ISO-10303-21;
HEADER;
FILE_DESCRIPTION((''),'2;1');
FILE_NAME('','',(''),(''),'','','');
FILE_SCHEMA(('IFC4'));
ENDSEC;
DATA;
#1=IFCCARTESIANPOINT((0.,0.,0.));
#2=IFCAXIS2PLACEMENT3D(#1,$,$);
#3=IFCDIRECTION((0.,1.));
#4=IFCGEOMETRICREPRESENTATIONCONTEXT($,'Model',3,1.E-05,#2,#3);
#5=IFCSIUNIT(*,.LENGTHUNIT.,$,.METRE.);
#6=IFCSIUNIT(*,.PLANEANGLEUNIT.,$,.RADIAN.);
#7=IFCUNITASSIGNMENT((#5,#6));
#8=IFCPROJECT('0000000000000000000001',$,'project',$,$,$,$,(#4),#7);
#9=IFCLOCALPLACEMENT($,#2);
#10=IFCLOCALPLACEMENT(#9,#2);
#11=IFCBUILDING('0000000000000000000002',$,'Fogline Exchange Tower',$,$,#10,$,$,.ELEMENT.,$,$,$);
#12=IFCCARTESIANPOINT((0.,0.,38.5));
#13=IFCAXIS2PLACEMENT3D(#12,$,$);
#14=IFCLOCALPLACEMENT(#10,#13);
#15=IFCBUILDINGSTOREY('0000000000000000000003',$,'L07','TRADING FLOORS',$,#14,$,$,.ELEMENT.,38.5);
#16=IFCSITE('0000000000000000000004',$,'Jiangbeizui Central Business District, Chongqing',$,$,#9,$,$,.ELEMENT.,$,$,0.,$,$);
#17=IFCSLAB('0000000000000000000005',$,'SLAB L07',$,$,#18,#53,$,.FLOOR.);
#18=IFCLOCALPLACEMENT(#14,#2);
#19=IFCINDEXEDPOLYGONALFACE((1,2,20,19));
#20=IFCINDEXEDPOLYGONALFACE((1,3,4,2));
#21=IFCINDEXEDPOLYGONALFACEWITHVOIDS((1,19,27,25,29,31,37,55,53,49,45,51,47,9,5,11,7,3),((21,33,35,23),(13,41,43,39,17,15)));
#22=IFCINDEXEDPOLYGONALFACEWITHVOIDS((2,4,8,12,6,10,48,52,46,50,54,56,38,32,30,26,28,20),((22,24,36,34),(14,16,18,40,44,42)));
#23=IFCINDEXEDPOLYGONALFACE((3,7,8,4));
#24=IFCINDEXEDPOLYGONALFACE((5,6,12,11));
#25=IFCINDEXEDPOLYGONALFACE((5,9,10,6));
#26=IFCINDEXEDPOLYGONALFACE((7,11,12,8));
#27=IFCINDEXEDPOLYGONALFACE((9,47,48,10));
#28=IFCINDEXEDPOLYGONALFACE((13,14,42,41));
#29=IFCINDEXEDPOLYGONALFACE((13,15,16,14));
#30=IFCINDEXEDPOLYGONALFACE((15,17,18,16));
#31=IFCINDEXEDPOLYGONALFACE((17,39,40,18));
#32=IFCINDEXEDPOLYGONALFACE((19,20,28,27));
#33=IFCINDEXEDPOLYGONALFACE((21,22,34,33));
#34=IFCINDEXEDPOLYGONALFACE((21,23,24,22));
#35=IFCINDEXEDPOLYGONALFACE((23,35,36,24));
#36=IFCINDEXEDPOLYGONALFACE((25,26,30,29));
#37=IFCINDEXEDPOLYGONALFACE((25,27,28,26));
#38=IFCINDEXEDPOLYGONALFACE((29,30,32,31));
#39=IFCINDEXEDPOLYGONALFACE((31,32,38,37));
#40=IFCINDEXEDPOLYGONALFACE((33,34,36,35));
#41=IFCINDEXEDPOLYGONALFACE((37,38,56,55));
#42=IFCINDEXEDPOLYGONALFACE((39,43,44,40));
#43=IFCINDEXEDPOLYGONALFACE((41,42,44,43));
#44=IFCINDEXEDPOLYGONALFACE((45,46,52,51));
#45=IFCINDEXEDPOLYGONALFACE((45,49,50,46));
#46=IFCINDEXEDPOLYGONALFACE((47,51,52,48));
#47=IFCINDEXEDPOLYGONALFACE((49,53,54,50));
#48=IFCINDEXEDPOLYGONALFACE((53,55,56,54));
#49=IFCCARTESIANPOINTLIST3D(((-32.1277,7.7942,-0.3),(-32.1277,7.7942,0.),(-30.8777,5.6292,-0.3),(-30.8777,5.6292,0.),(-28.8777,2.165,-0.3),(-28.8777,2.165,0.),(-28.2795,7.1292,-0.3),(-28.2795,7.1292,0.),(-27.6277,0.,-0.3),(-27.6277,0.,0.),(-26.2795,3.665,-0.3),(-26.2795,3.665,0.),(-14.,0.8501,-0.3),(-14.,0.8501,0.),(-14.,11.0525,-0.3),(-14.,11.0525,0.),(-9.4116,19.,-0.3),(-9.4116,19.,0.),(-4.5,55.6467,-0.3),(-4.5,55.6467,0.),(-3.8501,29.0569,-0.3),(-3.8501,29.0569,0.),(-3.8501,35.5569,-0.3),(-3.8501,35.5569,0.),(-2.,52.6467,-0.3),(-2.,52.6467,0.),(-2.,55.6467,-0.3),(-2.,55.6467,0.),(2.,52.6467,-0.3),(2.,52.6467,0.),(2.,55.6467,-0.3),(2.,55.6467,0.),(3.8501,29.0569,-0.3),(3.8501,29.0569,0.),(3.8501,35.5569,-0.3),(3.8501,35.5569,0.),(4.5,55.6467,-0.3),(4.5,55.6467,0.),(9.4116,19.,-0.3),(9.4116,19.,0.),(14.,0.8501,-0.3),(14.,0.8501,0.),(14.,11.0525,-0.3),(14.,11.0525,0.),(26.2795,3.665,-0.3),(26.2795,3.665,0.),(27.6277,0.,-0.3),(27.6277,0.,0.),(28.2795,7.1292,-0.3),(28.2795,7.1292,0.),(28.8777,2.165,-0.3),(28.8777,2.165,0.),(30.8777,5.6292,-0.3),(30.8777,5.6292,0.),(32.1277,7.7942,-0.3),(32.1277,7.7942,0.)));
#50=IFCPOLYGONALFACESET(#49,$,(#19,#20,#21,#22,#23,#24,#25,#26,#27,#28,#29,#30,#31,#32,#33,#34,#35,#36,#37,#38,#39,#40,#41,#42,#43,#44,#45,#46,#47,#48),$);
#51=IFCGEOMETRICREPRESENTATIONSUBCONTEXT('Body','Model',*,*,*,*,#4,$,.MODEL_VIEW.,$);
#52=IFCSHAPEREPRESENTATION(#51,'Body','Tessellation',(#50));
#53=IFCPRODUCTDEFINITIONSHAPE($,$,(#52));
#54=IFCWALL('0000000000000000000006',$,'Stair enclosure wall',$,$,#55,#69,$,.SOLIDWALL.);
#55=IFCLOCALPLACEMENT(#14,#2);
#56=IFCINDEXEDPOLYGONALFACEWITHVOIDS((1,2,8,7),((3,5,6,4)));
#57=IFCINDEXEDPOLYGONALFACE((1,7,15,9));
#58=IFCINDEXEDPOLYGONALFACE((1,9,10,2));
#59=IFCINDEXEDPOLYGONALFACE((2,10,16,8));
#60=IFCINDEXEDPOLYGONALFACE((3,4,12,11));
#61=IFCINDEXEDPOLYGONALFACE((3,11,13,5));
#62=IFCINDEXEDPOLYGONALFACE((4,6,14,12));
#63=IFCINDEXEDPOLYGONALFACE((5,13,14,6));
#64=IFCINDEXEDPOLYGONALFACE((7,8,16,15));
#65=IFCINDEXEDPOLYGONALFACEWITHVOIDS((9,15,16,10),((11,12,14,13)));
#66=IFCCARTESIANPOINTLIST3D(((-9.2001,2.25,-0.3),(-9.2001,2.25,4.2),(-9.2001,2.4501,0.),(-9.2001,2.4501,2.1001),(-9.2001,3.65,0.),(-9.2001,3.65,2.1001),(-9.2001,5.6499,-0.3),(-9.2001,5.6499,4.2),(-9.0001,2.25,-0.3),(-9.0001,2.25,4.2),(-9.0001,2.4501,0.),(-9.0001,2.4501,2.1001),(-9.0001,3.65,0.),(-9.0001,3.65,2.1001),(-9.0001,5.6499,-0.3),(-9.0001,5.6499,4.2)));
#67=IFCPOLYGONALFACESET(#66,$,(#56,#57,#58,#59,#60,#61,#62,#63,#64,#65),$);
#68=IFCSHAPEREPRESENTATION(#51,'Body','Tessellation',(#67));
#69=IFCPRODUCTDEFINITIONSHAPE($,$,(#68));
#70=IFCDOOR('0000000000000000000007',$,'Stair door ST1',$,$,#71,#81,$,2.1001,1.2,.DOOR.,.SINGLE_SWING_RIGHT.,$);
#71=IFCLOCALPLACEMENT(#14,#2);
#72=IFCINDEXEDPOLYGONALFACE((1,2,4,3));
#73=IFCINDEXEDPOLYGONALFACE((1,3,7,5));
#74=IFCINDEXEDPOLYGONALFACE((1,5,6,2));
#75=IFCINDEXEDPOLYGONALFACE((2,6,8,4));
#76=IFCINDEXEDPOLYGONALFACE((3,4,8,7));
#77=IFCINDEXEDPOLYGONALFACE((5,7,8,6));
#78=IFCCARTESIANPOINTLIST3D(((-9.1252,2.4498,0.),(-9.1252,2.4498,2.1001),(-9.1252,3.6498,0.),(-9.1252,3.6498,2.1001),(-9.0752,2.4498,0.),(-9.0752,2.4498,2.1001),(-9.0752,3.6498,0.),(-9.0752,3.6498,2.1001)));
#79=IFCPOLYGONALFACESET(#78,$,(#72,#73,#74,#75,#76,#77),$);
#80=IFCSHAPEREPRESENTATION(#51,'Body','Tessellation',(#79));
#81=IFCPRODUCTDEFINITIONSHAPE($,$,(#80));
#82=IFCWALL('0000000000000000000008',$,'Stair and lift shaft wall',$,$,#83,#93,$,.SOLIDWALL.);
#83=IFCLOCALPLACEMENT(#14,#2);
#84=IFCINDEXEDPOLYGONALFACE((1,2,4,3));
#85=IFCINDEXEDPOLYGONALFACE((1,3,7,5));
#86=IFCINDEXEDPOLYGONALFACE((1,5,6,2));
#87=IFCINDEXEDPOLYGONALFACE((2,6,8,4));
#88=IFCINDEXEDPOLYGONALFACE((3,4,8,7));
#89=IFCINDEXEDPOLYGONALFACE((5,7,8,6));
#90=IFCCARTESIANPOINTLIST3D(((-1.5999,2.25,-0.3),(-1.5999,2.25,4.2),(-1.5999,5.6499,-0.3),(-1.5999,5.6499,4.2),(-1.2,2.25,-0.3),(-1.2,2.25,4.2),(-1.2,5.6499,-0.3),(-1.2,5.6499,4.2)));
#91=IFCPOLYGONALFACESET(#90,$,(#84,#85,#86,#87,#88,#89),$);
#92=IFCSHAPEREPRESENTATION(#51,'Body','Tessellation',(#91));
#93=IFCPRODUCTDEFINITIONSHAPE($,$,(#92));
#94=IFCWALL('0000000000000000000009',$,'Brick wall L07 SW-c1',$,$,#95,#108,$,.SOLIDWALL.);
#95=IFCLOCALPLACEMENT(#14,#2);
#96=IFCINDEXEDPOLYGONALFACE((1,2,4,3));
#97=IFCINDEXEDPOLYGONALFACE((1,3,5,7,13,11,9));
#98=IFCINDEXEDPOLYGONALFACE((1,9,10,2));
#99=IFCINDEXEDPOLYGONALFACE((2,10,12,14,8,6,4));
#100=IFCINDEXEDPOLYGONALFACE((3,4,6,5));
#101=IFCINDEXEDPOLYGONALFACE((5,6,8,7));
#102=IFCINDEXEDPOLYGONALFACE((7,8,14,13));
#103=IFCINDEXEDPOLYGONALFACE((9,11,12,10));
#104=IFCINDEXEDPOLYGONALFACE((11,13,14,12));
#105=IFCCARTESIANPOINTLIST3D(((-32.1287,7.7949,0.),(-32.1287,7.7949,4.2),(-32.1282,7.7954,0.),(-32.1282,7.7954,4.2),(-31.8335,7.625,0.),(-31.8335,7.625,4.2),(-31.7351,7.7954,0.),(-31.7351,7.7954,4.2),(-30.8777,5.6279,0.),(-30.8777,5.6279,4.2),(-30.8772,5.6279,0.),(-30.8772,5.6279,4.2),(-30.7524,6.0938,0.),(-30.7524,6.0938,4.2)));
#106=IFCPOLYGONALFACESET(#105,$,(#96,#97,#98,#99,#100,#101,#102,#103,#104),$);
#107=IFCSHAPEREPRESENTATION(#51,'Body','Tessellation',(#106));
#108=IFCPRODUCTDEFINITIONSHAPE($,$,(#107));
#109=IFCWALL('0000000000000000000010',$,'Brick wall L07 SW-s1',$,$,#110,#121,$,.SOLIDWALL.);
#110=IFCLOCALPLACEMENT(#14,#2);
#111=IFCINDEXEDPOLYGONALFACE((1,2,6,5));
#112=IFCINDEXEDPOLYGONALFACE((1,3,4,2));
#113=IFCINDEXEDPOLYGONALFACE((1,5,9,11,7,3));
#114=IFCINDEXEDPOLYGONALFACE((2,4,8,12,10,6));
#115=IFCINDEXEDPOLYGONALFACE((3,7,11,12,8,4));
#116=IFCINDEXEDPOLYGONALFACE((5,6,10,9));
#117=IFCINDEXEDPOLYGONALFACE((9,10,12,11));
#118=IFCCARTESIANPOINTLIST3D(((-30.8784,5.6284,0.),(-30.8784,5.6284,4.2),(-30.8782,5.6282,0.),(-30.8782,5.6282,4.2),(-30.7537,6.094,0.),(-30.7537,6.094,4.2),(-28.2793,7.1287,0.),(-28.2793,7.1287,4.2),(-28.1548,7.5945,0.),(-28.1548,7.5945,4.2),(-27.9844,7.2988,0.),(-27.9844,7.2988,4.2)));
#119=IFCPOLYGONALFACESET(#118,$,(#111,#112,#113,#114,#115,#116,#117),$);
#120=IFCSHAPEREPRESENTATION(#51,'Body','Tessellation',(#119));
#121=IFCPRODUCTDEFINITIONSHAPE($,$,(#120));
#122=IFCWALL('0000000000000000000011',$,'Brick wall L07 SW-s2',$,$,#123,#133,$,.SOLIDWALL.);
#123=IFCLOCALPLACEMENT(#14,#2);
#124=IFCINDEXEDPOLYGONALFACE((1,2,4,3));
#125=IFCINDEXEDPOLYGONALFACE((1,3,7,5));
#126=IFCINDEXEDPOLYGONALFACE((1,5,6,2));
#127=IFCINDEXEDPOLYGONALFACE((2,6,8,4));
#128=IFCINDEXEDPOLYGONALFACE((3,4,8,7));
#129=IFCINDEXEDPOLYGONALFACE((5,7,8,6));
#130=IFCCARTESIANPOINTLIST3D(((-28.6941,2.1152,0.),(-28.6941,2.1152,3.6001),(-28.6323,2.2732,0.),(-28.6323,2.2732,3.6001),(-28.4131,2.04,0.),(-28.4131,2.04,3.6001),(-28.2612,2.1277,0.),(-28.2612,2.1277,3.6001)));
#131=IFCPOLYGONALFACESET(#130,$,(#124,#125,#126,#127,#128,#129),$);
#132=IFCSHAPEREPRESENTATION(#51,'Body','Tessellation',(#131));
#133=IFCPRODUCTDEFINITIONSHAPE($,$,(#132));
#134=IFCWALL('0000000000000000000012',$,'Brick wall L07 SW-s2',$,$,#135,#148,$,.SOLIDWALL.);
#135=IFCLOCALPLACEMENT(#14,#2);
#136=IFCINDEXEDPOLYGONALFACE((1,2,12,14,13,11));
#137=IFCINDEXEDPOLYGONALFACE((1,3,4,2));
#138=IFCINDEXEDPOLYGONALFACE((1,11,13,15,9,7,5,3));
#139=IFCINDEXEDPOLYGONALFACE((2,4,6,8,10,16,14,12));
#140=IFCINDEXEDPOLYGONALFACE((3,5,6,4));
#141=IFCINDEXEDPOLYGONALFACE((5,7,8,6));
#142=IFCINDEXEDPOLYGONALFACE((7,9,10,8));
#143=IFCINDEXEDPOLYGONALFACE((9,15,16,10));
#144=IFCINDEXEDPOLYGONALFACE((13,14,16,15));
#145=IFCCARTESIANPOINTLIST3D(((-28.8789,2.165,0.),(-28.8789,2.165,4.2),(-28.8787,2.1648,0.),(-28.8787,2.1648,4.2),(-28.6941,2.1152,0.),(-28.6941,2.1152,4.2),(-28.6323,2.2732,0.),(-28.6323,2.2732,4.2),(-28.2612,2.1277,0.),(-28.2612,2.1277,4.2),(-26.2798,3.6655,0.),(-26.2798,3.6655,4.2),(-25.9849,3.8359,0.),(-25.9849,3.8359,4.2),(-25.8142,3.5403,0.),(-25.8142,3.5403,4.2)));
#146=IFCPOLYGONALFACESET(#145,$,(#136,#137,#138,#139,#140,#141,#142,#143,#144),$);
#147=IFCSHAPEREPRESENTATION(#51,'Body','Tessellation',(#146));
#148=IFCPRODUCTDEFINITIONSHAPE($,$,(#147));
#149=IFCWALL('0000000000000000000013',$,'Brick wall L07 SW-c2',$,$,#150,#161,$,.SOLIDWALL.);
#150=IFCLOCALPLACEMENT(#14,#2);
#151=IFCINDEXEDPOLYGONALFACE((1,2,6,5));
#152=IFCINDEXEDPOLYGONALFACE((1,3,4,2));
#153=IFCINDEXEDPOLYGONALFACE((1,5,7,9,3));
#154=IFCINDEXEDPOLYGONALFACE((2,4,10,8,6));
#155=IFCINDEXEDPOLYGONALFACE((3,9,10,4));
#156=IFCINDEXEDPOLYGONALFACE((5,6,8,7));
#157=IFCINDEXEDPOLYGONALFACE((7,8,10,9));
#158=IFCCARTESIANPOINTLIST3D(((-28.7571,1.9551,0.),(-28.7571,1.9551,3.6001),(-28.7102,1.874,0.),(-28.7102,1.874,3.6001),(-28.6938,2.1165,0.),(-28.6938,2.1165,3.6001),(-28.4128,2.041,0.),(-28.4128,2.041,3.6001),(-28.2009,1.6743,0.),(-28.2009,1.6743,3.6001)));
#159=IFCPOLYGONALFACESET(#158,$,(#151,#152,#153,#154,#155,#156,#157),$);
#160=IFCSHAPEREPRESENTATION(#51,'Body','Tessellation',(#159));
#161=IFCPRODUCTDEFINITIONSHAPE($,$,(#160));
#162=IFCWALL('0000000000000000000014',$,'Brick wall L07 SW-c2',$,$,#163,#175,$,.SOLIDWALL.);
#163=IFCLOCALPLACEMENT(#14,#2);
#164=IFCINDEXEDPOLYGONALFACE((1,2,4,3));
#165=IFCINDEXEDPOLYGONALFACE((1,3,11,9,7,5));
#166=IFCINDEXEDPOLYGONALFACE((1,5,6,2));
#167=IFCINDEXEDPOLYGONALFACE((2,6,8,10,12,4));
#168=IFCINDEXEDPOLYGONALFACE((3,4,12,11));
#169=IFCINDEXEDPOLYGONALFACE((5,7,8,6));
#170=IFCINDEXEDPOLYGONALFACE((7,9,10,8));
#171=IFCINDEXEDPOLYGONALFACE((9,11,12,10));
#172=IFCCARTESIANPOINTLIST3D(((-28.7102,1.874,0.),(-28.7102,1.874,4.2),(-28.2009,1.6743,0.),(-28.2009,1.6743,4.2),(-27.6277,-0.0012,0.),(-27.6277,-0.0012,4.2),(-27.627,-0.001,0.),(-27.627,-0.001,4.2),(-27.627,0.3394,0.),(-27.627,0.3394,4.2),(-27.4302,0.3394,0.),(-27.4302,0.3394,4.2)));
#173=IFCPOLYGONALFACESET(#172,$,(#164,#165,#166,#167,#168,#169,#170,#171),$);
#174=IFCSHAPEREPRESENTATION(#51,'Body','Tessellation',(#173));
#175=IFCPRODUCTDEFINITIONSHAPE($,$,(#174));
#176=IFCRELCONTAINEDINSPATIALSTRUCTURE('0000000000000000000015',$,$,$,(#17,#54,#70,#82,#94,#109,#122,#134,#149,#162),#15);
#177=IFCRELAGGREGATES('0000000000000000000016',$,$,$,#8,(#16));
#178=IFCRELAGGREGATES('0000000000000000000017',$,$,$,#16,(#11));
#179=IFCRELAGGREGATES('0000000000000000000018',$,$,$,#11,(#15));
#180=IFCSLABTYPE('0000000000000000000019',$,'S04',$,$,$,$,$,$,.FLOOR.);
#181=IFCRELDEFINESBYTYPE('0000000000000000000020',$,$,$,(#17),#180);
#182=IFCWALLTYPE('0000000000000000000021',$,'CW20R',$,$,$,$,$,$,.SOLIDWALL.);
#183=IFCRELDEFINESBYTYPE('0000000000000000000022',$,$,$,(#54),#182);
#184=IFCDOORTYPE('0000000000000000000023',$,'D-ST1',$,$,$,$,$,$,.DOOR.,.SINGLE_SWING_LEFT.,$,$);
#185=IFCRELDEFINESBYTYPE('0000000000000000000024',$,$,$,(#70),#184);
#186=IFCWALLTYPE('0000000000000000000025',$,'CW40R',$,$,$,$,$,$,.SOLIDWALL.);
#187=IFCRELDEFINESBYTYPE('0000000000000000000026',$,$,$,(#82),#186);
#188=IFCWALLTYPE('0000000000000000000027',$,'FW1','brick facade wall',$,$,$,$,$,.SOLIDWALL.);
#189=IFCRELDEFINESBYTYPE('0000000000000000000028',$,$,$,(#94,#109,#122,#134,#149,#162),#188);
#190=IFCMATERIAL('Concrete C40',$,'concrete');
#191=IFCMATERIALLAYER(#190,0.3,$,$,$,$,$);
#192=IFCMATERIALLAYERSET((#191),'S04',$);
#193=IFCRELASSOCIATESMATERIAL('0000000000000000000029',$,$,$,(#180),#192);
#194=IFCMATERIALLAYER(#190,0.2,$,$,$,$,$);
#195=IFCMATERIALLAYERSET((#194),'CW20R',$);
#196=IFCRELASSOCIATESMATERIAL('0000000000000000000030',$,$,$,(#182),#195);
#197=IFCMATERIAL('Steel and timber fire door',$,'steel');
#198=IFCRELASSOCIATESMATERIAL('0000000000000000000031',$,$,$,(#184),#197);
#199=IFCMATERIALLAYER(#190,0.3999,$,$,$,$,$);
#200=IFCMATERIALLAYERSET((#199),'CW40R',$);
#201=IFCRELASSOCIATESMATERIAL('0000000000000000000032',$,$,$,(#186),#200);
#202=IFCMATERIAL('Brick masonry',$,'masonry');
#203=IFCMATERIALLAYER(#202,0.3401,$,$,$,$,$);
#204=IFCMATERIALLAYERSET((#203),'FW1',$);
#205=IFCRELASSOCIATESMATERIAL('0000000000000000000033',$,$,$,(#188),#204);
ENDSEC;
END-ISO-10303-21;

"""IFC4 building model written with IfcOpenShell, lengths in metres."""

from ifc_helpers import new_model, si_unit, direction, frame, frame_2d, origin, place, context, subcontext, project, spatial, polyline, rectangle, outline, extrude, material, layer, layer_set, type_object, element, fill, save


model = new_model("IFC4")

# Units and contexts
model_context = context("Model", 3, precision=1e-05, world=origin(), true_north=direction((0.0, 1.0)))
body_context = subcontext(model_context, "Body", "Model", "MODEL_VIEW")
ifc_project = project(units=[si_unit("LENGTHUNIT", "METRE"), si_unit("PLANEANGLEUNIT", "RADIAN")], contexts=[model_context])

# Site, building, storey
site_placement = place(None, origin())
site = spatial("IfcSite", under=ifc_project, at=site_placement, Name="Jiangbeizui Central Business District, Chongqing", CompositionType="ELEMENT", RefElevation=0.0)
building_placement = place(site_placement, origin())
building = spatial("IfcBuilding", under=site, at=building_placement, Name="Fogline Exchange Tower", CompositionType="ELEMENT")
storey_placement = place(building_placement, frame((0.0, 0.0, 38.5)))
storey = spatial("IfcBuildingStorey", under=building, at=storey_placement, Name="L07", Description="TRADING FLOORS", CompositionType="ELEMENT", Elevation=38.5)

# Slab
ifc_material_1 = material(Name="Concrete C40", Category="concrete")
ifc_layer_1 = layer(ifc_material_1, 0.3)
ifc_layer_set_1 = layer_set([ifc_layer_1], Name="S04")
slab_type = type_object("IfcSlabType", Name="S04", PredefinedType="FLOOR", material=ifc_layer_set_1)
slab_placement = place(storey_placement, frame((0.0, 0.0, -0.3)))
element("IfcSlab", 1, at=slab_placement, inside=storey, type_object=slab_type, Name="SLAB L07", PredefinedType="FLOOR", context=body_context, shape_type="SweptSolid", body=[
    extrude(outline(polyline([(-2.0, 55.6467), (-4.5, 55.6467), (-32.1277, 7.7942), (-30.8777, 5.6292), (-28.2795, 7.1292), (-26.2795, 3.665), (-28.8777, 2.165), (-27.6277, 0.0), (27.6277, 0.0), (28.8777, 2.165), (26.2795, 3.665), (28.2795, 7.1292), (30.8777, 5.6292), (32.1277, 7.7942), (4.5, 55.6467), (2.0, 55.6467), (2.0, 52.6467), (-2.0, 52.6467), (-2.0, 55.6467)]), holes=[polyline([(14.0, 11.0525), (14.0, 0.8501), (-14.0, 0.8501), (-14.0, 11.0525), (-9.4116, 19.0), (9.4116, 19.0), (14.0, 11.0525)]), polyline([(3.8501, 35.5569), (3.8501, 29.0569), (-3.8501, 29.0569), (-3.8501, 35.5569), (3.8501, 35.5569)])]), origin(), (0.0, 0.0, 1.0), 0.3),
])

# Wall, opening, door
ifc_layer_2 = layer(ifc_material_1, 0.2)
ifc_layer_set_2 = layer_set([ifc_layer_2], Name="CW20R")
wall_type_1 = type_object("IfcWallType", Name="CW20R", PredefinedType="SOLIDWALL", material=ifc_layer_set_2)
wall_1_placement = place(storey_placement, frame((-9.1001, 2.25, -0.3), z_axis=(0.0, 0.0, 1.0), x_axis=(0.0, 1.0, 0.0)))
wall_1 = element("IfcWall", 2, at=wall_1_placement, inside=storey, type_object=wall_type_1, Name="Stair enclosure wall", PredefinedType="SOLIDWALL", context=body_context, shape_type="SweptSolid", body=[
    extrude(rectangle(XDim=3.3999, YDim=0.2, at=frame_2d((1.7, 0.0))), origin(), (0.0, 0.0, 1.0), 4.5),
])
opening_placement = place(wall_1_placement, frame((0.2, 0.0, 0.3)))
opening = element("IfcOpeningElement", 3, at=opening_placement, cuts=wall_1, PredefinedType="OPENING", context=body_context, shape_type="SweptSolid", body=[
    extrude(rectangle(XDim=1.2, YDim=2.1001, at=frame_2d((0.6001, 1.05))), frame((0.0, 0.1099, 0.0), z_axis=(0.0, -1.0, 0.0), x_axis=(1.0, 0.0, 0.0)), (0.0, 0.0, 1.0), 0.22),
])
ifc_material_2 = material(Name="Steel and timber fire door", Category="steel")
door_type = type_object("IfcDoorType", Name="D-ST1", OperationType="SINGLE_SWING_LEFT", PredefinedType="DOOR", material=ifc_material_2)
door_placement = place(opening_placement, frame((1.2, 0.0, 0.0), z_axis=(0.0, 0.0, 1.0), x_axis=(-1.0, 0.0, 0.0)))
door = element("IfcDoor", 4, at=door_placement, inside=storey, type_object=door_type, Name="Stair door ST1", OperationType="SINGLE_SWING_RIGHT", OverallHeight=2.1001, OverallWidth=1.2, PredefinedType="DOOR", context=body_context, shape_type="SweptSolid", body=[
    extrude(rectangle(XDim=1.2, YDim=2.1001, at=frame_2d((0.6001, 1.05))), frame((0.0, 0.0249, 0.0), z_axis=(0.0, -1.0, 0.0), x_axis=(1.0, 0.0, 0.0)), (0.0, 0.0, 1.0), 0.05),
])
fill(opening, door)

# Walls
ifc_layer_3 = layer(ifc_material_1, 0.3999)
ifc_layer_set_3 = layer_set([ifc_layer_3], Name="CW40R")
wall_type_2 = type_object("IfcWallType", Name="CW40R", PredefinedType="SOLIDWALL", material=ifc_layer_set_3)
wall_2_placement = place(storey_placement, frame((-1.3999, 2.25, -0.3), z_axis=(0.0, 0.0, 1.0), x_axis=(0.0, 1.0, 0.0)))
element("IfcWall", 5, at=wall_2_placement, inside=storey, type_object=wall_type_2, Name="Stair and lift shaft wall", PredefinedType="SOLIDWALL", context=body_context, shape_type="SweptSolid", body=[
    extrude(rectangle(XDim=3.3999, YDim=0.3999, at=frame_2d((1.7, 0.0))), origin(), (0.0, 0.0, 1.0), 4.5),
])
ifc_material_3 = material(Name="Brick masonry", Category="masonry")
ifc_layer_4 = layer(ifc_material_3, 0.3401)
ifc_layer_set_4 = layer_set([ifc_layer_4], Name="FW1")
wall_type_3 = type_object("IfcWallType", Name="FW1", Description="brick facade wall", PredefinedType="SOLIDWALL", material=ifc_layer_set_4)
wall_3_placement = place(storey_placement, origin())
element("IfcWall", 6, at=wall_3_placement, inside=storey, type_object=wall_type_3, Name="Brick wall L07 SW-c1", PredefinedType="SOLIDWALL", context=body_context, shape_type="SweptSolid", body=[
    extrude(outline(polyline([(-30.8777, 5.6279), (-32.1287, 7.7949), (-32.1282, 7.7954), (-31.8335, 7.625), (-31.7351, 7.7954), (-30.7524, 6.0938), (-30.8772, 5.6279), (-30.8777, 5.6279)])), origin(), (0.0, 0.0, 1.0), 4.2),
])
wall_4_placement = place(storey_placement, origin())
element("IfcWall", 7, at=wall_4_placement, inside=storey, type_object=wall_type_3, Name="Brick wall L07 SW-s1", PredefinedType="SOLIDWALL", context=body_context, shape_type="SweptSolid", body=[
    extrude(outline(polyline([(-28.1548, 7.5945), (-27.9844, 7.2988), (-28.2793, 7.1287), (-30.8782, 5.6282), (-30.8784, 5.6284), (-30.7537, 6.094), (-28.1548, 7.5945)])), origin(), (0.0, 0.0, 1.0), 4.2),
])
wall_5_placement = place(storey_placement, origin())
element("IfcWall", 8, at=wall_5_placement, inside=storey, type_object=wall_type_3, Name="Brick wall L07 SW-s2", PredefinedType="SOLIDWALL", context=body_context, shape_type="SweptSolid", body=[
    extrude(outline(polyline([(-28.4131, 2.04), (-28.6941, 2.1152), (-28.6323, 2.2732), (-28.2612, 2.1277), (-28.4131, 2.04)])), origin(), (0.0, 0.0, 1.0), 3.6001),
])
wall_6_placement = place(storey_placement, origin())
element("IfcWall", 9, at=wall_6_placement, inside=storey, type_object=wall_type_3, Name="Brick wall L07 SW-s2", PredefinedType="SOLIDWALL", context=body_context, shape_type="SweptSolid", body=[
    extrude(outline(polyline([(-26.2798, 3.6655), (-25.9849, 3.8359), (-25.8142, 3.5403), (-28.2612, 2.1277), (-28.6323, 2.2732), (-28.6941, 2.1152), (-28.8787, 2.1648), (-28.8789, 2.165), (-26.2798, 3.6655)])), origin(), (0.0, 0.0, 1.0), 4.2),
])
wall_7_placement = place(storey_placement, origin())
element("IfcWall", 10, at=wall_7_placement, inside=storey, type_object=wall_type_3, Name="Brick wall L07 SW-c2", PredefinedType="SOLIDWALL", context=body_context, shape_type="SweptSolid", body=[
    extrude(outline(polyline([(-28.7571, 1.9551), (-28.6938, 2.1165), (-28.4128, 2.041), (-28.2009, 1.6743), (-28.7102, 1.874), (-28.7571, 1.9551)])), origin(), (0.0, 0.0, 1.0), 3.6001),
])
wall_8_placement = place(storey_placement, origin())
element("IfcWall", 11, at=wall_8_placement, inside=storey, type_object=wall_type_3, Name="Brick wall L07 SW-c2", PredefinedType="SOLIDWALL", context=body_context, shape_type="SweptSolid", body=[
    extrude(outline(polyline([(-27.627, 0.3394), (-27.627, -0.001), (-27.6277, -0.0012), (-28.7102, 1.874), (-28.2009, 1.6743), (-27.4302, 0.3394), (-27.627, 0.3394)])), origin(), (0.0, 0.0, 1.0), 4.2),
])

save(model, "model.ifc")
